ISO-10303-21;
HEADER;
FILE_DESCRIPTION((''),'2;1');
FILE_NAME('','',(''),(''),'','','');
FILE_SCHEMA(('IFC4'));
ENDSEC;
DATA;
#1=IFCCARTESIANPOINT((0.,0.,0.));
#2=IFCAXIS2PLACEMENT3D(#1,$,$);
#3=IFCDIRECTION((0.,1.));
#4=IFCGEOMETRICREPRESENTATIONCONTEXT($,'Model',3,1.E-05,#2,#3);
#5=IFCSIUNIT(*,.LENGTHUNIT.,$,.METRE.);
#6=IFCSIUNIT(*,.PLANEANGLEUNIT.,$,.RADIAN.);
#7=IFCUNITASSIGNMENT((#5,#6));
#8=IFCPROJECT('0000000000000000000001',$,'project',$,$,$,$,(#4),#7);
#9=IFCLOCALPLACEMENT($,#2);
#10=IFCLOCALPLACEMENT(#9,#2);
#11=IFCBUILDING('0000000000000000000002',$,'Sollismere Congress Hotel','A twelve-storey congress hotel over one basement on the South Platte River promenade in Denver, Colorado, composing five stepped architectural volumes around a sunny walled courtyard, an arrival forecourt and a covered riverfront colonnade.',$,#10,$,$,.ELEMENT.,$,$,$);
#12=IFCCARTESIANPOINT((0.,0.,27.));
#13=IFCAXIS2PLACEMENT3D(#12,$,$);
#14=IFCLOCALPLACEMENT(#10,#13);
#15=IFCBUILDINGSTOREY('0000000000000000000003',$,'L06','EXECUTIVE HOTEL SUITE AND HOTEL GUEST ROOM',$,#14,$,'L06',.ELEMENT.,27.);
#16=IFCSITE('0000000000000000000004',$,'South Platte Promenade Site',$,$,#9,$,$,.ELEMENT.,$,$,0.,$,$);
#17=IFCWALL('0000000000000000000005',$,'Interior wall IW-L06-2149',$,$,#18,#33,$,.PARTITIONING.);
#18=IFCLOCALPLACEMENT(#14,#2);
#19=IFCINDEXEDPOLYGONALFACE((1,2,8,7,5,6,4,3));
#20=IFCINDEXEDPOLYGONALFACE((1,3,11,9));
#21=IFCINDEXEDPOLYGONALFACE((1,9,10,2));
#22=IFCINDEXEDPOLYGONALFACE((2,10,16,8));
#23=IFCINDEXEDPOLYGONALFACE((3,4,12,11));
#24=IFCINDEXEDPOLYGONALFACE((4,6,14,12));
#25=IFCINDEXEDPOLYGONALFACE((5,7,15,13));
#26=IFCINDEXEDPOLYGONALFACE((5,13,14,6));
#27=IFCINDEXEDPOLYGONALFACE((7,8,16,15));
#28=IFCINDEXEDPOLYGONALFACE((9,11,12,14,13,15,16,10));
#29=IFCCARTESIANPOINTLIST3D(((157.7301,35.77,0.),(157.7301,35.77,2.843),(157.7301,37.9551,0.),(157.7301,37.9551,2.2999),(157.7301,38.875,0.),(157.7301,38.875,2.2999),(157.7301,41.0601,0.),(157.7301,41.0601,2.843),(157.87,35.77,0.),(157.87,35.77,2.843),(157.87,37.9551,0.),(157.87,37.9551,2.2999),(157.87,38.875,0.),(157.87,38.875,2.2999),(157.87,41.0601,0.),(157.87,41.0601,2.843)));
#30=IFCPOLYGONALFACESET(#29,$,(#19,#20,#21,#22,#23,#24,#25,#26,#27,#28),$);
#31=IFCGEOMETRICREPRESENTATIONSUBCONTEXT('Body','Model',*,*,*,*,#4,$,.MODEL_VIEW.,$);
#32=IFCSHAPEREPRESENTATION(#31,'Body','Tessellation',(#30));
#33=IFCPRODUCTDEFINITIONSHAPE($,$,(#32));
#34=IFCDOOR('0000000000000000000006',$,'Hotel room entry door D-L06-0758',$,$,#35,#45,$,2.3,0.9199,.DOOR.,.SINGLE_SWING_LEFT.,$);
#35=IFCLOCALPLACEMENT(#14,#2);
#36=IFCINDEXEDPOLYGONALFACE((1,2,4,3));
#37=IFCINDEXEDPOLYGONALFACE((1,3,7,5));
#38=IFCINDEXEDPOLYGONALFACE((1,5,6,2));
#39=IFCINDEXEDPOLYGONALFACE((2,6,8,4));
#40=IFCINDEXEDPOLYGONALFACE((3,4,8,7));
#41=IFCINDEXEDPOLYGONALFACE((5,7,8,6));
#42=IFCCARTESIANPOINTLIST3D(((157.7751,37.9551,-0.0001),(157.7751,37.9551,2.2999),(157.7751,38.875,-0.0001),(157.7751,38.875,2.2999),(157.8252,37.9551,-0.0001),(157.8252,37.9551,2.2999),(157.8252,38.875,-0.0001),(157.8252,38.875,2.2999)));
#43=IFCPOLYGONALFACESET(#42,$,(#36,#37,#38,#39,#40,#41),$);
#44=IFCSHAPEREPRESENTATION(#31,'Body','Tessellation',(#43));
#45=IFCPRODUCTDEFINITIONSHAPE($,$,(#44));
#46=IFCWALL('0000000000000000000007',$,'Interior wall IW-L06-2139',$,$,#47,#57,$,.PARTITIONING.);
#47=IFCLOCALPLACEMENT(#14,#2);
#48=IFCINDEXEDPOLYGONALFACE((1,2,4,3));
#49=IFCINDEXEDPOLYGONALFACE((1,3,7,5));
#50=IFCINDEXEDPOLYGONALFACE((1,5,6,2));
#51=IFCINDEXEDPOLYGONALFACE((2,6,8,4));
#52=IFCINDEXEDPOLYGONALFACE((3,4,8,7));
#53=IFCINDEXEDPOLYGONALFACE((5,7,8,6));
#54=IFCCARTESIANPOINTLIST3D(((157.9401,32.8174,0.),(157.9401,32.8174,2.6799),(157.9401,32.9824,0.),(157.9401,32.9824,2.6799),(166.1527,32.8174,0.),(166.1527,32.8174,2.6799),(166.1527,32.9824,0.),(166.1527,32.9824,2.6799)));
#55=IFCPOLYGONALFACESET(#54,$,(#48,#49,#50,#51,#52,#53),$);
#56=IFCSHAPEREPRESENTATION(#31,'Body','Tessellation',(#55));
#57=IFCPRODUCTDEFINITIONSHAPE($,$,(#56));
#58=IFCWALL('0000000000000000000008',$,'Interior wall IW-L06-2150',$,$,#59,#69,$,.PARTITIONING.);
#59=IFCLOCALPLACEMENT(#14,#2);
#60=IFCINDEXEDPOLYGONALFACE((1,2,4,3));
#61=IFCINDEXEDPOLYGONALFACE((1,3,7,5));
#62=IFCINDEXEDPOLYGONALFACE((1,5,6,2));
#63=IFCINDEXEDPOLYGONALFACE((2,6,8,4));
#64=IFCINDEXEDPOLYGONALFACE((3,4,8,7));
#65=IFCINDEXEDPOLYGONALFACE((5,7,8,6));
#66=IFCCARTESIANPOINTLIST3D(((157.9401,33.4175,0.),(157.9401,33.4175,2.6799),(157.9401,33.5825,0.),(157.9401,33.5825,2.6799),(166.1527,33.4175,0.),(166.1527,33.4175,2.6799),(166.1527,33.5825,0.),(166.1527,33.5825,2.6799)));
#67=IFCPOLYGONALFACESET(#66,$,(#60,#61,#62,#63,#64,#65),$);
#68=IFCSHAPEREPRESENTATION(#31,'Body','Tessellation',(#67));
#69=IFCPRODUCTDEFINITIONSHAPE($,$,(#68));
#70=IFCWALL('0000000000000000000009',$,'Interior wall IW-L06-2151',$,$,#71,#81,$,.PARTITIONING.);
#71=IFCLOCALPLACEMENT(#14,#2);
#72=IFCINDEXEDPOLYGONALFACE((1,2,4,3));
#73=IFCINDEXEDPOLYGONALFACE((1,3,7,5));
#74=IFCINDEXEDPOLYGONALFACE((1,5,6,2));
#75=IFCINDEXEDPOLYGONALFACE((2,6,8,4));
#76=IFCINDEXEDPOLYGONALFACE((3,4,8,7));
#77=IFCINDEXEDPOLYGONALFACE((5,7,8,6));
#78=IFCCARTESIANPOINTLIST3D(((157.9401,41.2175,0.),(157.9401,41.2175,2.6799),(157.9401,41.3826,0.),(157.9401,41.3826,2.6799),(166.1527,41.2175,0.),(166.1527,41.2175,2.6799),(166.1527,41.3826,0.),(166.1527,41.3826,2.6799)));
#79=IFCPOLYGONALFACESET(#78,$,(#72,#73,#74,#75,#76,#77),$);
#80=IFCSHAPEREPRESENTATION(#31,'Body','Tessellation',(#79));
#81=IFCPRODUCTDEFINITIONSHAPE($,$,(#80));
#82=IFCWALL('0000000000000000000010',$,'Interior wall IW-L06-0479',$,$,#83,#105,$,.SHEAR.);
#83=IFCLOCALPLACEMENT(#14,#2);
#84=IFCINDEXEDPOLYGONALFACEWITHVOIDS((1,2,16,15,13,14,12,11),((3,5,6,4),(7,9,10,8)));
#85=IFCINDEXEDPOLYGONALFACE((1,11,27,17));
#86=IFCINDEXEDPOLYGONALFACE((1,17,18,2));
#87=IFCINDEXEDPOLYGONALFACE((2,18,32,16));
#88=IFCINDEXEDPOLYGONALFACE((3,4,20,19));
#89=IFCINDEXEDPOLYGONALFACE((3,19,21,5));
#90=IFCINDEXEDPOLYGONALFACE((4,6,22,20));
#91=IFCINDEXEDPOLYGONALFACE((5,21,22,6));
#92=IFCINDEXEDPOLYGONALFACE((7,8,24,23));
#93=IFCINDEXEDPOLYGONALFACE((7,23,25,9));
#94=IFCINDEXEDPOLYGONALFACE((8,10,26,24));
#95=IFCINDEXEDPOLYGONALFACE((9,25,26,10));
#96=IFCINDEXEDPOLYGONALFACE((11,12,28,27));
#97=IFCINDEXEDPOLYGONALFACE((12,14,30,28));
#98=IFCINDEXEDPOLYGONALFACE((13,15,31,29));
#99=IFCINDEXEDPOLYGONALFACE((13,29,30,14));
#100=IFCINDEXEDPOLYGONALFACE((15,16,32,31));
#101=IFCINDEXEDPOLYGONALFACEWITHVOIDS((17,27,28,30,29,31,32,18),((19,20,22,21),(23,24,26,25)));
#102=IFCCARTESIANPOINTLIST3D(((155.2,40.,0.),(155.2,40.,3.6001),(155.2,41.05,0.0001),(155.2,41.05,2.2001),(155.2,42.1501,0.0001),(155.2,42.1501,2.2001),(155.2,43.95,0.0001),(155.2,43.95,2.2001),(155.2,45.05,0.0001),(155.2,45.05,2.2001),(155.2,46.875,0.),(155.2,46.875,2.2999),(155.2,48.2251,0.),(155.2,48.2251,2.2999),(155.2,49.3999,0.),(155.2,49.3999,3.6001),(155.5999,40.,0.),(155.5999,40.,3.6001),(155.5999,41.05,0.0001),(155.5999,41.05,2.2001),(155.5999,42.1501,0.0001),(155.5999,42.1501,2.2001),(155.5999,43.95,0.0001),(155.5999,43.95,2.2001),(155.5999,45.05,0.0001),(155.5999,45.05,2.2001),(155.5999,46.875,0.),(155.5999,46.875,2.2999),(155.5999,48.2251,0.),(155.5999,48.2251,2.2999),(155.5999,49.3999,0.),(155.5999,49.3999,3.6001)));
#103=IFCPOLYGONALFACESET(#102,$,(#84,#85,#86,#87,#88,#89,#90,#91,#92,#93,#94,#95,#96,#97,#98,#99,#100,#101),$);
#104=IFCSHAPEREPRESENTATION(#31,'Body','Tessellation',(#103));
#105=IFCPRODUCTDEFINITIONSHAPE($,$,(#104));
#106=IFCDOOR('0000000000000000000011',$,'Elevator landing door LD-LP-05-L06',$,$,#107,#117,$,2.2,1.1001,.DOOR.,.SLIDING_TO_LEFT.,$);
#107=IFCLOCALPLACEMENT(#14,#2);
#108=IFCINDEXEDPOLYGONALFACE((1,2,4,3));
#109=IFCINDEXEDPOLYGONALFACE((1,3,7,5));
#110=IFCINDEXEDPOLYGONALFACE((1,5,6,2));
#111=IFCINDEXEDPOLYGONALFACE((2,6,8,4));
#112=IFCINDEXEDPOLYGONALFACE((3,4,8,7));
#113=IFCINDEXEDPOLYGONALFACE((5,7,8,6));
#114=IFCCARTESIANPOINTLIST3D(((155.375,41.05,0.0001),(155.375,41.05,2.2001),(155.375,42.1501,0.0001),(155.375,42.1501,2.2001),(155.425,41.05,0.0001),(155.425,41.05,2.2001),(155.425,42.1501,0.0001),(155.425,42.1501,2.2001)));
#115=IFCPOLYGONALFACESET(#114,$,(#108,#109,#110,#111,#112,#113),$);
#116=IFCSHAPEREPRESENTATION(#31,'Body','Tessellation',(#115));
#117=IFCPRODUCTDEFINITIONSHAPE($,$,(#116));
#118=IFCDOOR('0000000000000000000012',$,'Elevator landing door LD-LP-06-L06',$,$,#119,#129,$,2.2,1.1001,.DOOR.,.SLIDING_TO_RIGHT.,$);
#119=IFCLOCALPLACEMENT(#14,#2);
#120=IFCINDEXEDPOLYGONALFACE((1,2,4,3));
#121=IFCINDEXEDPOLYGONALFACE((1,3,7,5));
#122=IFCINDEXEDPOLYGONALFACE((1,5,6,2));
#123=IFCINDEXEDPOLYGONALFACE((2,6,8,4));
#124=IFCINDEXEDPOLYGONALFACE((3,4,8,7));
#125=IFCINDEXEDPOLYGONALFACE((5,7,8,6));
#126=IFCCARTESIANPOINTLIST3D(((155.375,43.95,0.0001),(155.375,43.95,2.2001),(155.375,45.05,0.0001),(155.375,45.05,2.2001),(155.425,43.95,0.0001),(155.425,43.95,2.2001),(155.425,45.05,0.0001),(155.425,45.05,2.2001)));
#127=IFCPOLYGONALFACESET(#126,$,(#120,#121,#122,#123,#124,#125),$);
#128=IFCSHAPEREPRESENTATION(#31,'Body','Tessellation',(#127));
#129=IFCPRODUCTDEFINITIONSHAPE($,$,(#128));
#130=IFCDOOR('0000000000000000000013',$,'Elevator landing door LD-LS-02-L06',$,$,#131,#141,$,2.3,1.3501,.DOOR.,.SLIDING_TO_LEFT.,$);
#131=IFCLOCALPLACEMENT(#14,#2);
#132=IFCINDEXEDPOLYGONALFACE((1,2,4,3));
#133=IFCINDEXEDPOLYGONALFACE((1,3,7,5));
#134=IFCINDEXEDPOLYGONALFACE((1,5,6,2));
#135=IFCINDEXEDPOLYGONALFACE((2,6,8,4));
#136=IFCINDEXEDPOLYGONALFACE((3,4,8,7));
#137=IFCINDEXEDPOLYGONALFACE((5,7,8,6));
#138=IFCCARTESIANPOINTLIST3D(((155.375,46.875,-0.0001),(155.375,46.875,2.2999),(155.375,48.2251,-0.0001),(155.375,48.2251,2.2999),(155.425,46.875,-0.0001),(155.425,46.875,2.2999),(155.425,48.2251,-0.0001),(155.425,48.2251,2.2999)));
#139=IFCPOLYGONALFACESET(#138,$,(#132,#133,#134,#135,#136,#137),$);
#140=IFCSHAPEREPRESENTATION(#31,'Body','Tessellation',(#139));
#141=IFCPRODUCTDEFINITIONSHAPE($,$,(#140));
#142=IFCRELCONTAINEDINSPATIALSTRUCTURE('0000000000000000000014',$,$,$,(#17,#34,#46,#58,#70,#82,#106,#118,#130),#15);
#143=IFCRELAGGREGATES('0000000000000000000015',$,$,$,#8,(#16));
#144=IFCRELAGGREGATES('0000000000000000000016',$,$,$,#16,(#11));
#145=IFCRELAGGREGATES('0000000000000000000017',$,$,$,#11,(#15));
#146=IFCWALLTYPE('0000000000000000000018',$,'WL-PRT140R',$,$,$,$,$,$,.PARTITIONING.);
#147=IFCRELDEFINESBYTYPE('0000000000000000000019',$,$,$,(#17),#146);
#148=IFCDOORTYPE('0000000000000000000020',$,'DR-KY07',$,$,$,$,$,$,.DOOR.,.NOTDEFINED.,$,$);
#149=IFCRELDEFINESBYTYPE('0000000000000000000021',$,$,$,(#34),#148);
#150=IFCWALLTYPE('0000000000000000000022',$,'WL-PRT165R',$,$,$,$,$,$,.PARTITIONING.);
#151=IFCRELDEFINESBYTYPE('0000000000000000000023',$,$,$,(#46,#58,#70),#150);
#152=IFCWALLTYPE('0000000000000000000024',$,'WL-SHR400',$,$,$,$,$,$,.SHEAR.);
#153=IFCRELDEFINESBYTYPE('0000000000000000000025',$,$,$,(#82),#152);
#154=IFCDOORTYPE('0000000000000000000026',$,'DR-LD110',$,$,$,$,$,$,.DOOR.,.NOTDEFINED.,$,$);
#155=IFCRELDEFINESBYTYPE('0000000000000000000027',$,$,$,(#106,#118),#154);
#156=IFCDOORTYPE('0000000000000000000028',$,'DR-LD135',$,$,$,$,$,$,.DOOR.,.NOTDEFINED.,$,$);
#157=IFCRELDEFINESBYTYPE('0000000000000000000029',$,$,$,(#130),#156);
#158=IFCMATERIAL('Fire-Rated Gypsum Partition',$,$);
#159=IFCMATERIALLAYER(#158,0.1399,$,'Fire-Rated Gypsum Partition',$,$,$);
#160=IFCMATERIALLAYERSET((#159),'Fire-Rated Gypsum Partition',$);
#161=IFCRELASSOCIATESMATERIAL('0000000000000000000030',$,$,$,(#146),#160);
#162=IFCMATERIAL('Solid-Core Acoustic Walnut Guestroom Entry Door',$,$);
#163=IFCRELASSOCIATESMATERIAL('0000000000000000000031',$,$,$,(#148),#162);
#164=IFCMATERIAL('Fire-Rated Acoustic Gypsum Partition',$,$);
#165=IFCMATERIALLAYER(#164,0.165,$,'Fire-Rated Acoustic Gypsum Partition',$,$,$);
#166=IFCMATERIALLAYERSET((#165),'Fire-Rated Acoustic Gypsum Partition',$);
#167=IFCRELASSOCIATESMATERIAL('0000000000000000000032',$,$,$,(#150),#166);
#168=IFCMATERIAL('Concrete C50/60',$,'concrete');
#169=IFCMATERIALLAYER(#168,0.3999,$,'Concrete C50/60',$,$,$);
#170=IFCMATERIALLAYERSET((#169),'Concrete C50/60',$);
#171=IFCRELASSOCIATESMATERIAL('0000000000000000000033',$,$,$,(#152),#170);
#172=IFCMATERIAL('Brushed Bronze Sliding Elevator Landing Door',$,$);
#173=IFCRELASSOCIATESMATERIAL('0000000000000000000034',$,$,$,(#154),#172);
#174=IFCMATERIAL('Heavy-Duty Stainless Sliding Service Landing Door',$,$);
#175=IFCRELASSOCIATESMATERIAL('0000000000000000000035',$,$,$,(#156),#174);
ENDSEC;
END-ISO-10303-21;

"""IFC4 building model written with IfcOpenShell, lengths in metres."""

from ifc_helpers import new_model, si_unit, direction, frame, frame_2d, origin, place, context, subcontext, project, spatial, rectangle, extrude, material, layer, layer_set, type_object, element, fill, save


model = new_model("IFC4")

# Units and contexts
model_context = context("Model", 3, precision=1e-05, world=origin(), true_north=direction((0.0, 1.0)))
body_context = subcontext(model_context, "Body", "Model", "MODEL_VIEW")
ifc_project = project(units=[si_unit("LENGTHUNIT", "METRE"), si_unit("PLANEANGLEUNIT", "RADIAN")], contexts=[model_context])

# Site, building, storey
site_placement = place(None, origin())
site = spatial("IfcSite", under=ifc_project, at=site_placement, Name="South Platte Promenade Site", CompositionType="ELEMENT", RefElevation=0.0)
building_placement = place(site_placement, origin())
building = spatial("IfcBuilding", under=site, at=building_placement, Name="Sollismere Congress Hotel", Description="A twelve-storey congress hotel over one basement on the South Platte River promenade in Denver, Colorado, composing five stepped architectural volumes around a sunny walled courtyard, an arrival forecourt and a covered riverfront colonnade.", CompositionType="ELEMENT")
storey_placement = place(building_placement, frame((0.0, 0.0, 27.0)))
storey = spatial("IfcBuildingStorey", under=building, at=storey_placement, Name="L06", Description="EXECUTIVE HOTEL SUITE AND HOTEL GUEST ROOM", LongName="L06", CompositionType="ELEMENT", Elevation=27.0)

# Shared definitions
ifc_material_1 = material(Name="Fire-Rated Gypsum Partition")
ifc_layer_1 = layer(ifc_material_1, 0.1399, Name="Fire-Rated Gypsum Partition")
ifc_layer_set_1 = layer_set([ifc_layer_1], Name="Fire-Rated Gypsum Partition")
wall_type_1 = type_object("IfcWallType", Name="WL-PRT140R", PredefinedType="PARTITIONING", material=ifc_layer_set_1)

# Wall, opening, door
wall_1_placement = place(storey_placement, frame((157.8, 35.77, 0.0), z_axis=(0.0, 0.0, 1.0), x_axis=(0.0, 1.0, 0.0)))
wall_1 = element("IfcWall", 1, at=wall_1_placement, inside=storey, type_object=wall_type_1, Name="Interior wall IW-L06-2149", PredefinedType="PARTITIONING", context=body_context, shape_type="SweptSolid", body=[
    extrude(rectangle(XDim=5.29, YDim=0.1399, at=frame_2d((2.645, 0.0))), origin(), (0.0, 0.0, 1.0), 2.843),
])
opening_1_placement = place(wall_1_placement, frame((2.1851, 0.0, 0.0)))
opening_1 = element("IfcOpeningElement", 2, at=opening_1_placement, cuts=wall_1, PredefinedType="OPENING", context=body_context, shape_type="SweptSolid", body=[
    extrude(rectangle(XDim=0.9199, YDim=2.3, at=frame_2d((0.46, 1.1499))), frame((0.0, 0.0798, 0.0), z_axis=(0.0, -1.0, 0.0), x_axis=(1.0, 0.0, 0.0)), (0.0, 0.0, 1.0), 0.1599),
])
ifc_material_2 = material(Name="Solid-Core Acoustic Walnut Guestroom Entry Door")
door_type_1 = type_object("IfcDoorType", Name="DR-KY07", OperationType="NOTDEFINED", PredefinedType="DOOR", material=ifc_material_2)
door_1_placement = place(opening_1_placement, origin())
door_1 = element("IfcDoor", 3, at=door_1_placement, inside=storey, type_object=door_type_1, Name="Hotel room entry door D-L06-0758", OperationType="SINGLE_SWING_LEFT", OverallHeight=2.3, OverallWidth=0.9199, PredefinedType="DOOR", context=body_context, shape_type="SweptSolid", body=[
    extrude(rectangle(XDim=0.9199, YDim=2.3, at=frame_2d((0.46, 1.1499))), frame((0.0, 0.0249, 0.0), z_axis=(0.0, -1.0, 0.0), x_axis=(1.0, 0.0, 0.0)), (0.0, 0.0, 1.0), 0.05),
])
fill(opening_1, door_1)

# Walls
ifc_material_3 = material(Name="Fire-Rated Acoustic Gypsum Partition")
ifc_layer_2 = layer(ifc_material_3, 0.165, Name="Fire-Rated Acoustic Gypsum Partition")
ifc_layer_set_2 = layer_set([ifc_layer_2], Name="Fire-Rated Acoustic Gypsum Partition")
wall_type_2 = type_object("IfcWallType", Name="WL-PRT165R", PredefinedType="PARTITIONING", material=ifc_layer_set_2)
for number, where, z_axis, x_axis, name in (
    (4, (157.9399, 32.8999, 0.0), (0.0, 0.0, 1.0), (1.0, 0.0, 0.0), "Interior wall IW-L06-2139"),
    (5, (157.9399, 33.5, 0.0), (0.0, 0.0, 1.0), (1.0, 0.0, 0.0), "Interior wall IW-L06-2150"),
    (6, (157.9399, 41.3, 0.0), (0.0, 0.0, 1.0), (1.0, 0.0, 0.0), "Interior wall IW-L06-2151"),
):
    element("IfcWall", number, at=place(storey_placement, frame(where, z_axis=z_axis, x_axis=x_axis)), inside=storey, type_object=wall_type_2, Name=name, PredefinedType="PARTITIONING", context=body_context, shape_type="SweptSolid", body=[
        extrude(rectangle(XDim=8.2126, YDim=0.165, at=frame_2d((4.1064, 0.0))), origin(), (0.0, 0.0, 1.0), 2.6799),
    ])

# Wall, openings, doors
ifc_material_4 = material(Name="Concrete C50/60", Category="concrete")
ifc_layer_3 = layer(ifc_material_4, 0.3999, Name="Concrete C50/60")
ifc_layer_set_3 = layer_set([ifc_layer_3], Name="Concrete C50/60")
wall_type_3 = type_object("IfcWallType", Name="WL-SHR400", PredefinedType="SHEAR", material=ifc_layer_set_3)
wall_2_placement = place(storey_placement, frame((155.3999, 40.0, 0.0), z_axis=(0.0, 0.0, 1.0), x_axis=(0.0, 1.0, 0.0)))
wall_2 = element("IfcWall", 7, at=wall_2_placement, inside=storey, type_object=wall_type_3, Name="Interior wall IW-L06-0479", PredefinedType="SHEAR", context=body_context, shape_type="SweptSolid", body=[
    extrude(rectangle(XDim=9.3999, YDim=0.3999, at=frame_2d((4.7, 0.0))), origin(), (0.0, 0.0, 1.0), 3.6001),
])
opening_2_placement = place(wall_2_placement, frame((1.05, 0.0, 0.0)))
opening_2 = element("IfcOpeningElement", 8, at=opening_2_placement, cuts=wall_2, PredefinedType="OPENING", context=body_context, shape_type="SweptSolid", body=[
    extrude(rectangle(XDim=1.1001, YDim=2.2, at=frame_2d((0.55, 1.1001))), frame((0.0, 0.21, 0.0), z_axis=(0.0, -1.0, 0.0), x_axis=(1.0, 0.0, 0.0)), (0.0, 0.0, 1.0), 0.4199),
])
opening_3_placement = place(wall_2_placement, frame((3.95, 0.0, 0.0)))
opening_3 = element("IfcOpeningElement", 9, at=opening_3_placement, cuts=wall_2, PredefinedType="OPENING", context=body_context, shape_type="SweptSolid", body=[
    extrude(rectangle(XDim=1.1001, YDim=2.2, at=frame_2d((0.55, 1.1001))), frame((0.0, 0.21, 0.0), z_axis=(0.0, -1.0, 0.0), x_axis=(1.0, 0.0, 0.0)), (0.0, 0.0, 1.0), 0.4199),
])
opening_4_placement = place(wall_2_placement, frame((6.875, 0.0, 0.0)))
opening_4 = element("IfcOpeningElement", 10, at=opening_4_placement, cuts=wall_2, PredefinedType="OPENING", context=body_context, shape_type="SweptSolid", body=[
    extrude(rectangle(XDim=1.3501, YDim=2.3, at=frame_2d((0.675, 1.1499))), frame((0.0, 0.21, 0.0), z_axis=(0.0, -1.0, 0.0), x_axis=(1.0, 0.0, 0.0)), (0.0, 0.0, 1.0), 0.4199),
])
ifc_material_5 = material(Name="Brushed Bronze Sliding Elevator Landing Door")
door_type_2 = type_object("IfcDoorType", Name="DR-LD110", OperationType="NOTDEFINED", PredefinedType="DOOR", material=ifc_material_5)
door_2_placement = place(opening_2_placement, origin())
door_2 = element("IfcDoor", 11, at=door_2_placement, inside=storey, type_object=door_type_2, Name="Elevator landing door LD-LP-05-L06", OperationType="SLIDING_TO_LEFT", OverallHeight=2.2, OverallWidth=1.1001, PredefinedType="DOOR", context=body_context, shape_type="SweptSolid", body=[
    extrude(rectangle(XDim=1.1001, YDim=2.2, at=frame_2d((0.55, 1.1001))), frame((0.0, 0.0249, 0.0), z_axis=(0.0, -1.0, 0.0), x_axis=(1.0, 0.0, 0.0)), (0.0, 0.0, 1.0), 0.05),
])
fill(opening_2, door_2)
door_3_placement = place(opening_3_placement, origin())
door_3 = element("IfcDoor", 12, at=door_3_placement, inside=storey, type_object=door_type_2, Name="Elevator landing door LD-LP-06-L06", OperationType="SLIDING_TO_RIGHT", OverallHeight=2.2, OverallWidth=1.1001, PredefinedType="DOOR", context=body_context, shape_type="SweptSolid", body=[
    extrude(rectangle(XDim=1.1001, YDim=2.2, at=frame_2d((0.55, 1.1001))), frame((0.0, 0.0249, 0.0), z_axis=(0.0, -1.0, 0.0), x_axis=(1.0, 0.0, 0.0)), (0.0, 0.0, 1.0), 0.05),
])
fill(opening_3, door_3)
ifc_material_6 = material(Name="Heavy-Duty Stainless Sliding Service Landing Door")
door_type_3 = type_object("IfcDoorType", Name="DR-LD135", OperationType="NOTDEFINED", PredefinedType="DOOR", material=ifc_material_6)
door_4_placement = place(opening_4_placement, origin())
door_4 = element("IfcDoor", 13, at=door_4_placement, inside=storey, type_object=door_type_3, Name="Elevator landing door LD-LS-02-L06", OperationType="SLIDING_TO_LEFT", OverallHeight=2.3, OverallWidth=1.3501, PredefinedType="DOOR", context=body_context, shape_type="SweptSolid", body=[
    extrude(rectangle(XDim=1.3501, YDim=2.3, at=frame_2d((0.675, 1.1499))), frame((0.0, 0.0249, 0.0), z_axis=(0.0, -1.0, 0.0), x_axis=(1.0, 0.0, 0.0)), (0.0, 0.0, 1.0), 0.05),
])
fill(opening_4, door_4)

save(model, "model.ifc")
